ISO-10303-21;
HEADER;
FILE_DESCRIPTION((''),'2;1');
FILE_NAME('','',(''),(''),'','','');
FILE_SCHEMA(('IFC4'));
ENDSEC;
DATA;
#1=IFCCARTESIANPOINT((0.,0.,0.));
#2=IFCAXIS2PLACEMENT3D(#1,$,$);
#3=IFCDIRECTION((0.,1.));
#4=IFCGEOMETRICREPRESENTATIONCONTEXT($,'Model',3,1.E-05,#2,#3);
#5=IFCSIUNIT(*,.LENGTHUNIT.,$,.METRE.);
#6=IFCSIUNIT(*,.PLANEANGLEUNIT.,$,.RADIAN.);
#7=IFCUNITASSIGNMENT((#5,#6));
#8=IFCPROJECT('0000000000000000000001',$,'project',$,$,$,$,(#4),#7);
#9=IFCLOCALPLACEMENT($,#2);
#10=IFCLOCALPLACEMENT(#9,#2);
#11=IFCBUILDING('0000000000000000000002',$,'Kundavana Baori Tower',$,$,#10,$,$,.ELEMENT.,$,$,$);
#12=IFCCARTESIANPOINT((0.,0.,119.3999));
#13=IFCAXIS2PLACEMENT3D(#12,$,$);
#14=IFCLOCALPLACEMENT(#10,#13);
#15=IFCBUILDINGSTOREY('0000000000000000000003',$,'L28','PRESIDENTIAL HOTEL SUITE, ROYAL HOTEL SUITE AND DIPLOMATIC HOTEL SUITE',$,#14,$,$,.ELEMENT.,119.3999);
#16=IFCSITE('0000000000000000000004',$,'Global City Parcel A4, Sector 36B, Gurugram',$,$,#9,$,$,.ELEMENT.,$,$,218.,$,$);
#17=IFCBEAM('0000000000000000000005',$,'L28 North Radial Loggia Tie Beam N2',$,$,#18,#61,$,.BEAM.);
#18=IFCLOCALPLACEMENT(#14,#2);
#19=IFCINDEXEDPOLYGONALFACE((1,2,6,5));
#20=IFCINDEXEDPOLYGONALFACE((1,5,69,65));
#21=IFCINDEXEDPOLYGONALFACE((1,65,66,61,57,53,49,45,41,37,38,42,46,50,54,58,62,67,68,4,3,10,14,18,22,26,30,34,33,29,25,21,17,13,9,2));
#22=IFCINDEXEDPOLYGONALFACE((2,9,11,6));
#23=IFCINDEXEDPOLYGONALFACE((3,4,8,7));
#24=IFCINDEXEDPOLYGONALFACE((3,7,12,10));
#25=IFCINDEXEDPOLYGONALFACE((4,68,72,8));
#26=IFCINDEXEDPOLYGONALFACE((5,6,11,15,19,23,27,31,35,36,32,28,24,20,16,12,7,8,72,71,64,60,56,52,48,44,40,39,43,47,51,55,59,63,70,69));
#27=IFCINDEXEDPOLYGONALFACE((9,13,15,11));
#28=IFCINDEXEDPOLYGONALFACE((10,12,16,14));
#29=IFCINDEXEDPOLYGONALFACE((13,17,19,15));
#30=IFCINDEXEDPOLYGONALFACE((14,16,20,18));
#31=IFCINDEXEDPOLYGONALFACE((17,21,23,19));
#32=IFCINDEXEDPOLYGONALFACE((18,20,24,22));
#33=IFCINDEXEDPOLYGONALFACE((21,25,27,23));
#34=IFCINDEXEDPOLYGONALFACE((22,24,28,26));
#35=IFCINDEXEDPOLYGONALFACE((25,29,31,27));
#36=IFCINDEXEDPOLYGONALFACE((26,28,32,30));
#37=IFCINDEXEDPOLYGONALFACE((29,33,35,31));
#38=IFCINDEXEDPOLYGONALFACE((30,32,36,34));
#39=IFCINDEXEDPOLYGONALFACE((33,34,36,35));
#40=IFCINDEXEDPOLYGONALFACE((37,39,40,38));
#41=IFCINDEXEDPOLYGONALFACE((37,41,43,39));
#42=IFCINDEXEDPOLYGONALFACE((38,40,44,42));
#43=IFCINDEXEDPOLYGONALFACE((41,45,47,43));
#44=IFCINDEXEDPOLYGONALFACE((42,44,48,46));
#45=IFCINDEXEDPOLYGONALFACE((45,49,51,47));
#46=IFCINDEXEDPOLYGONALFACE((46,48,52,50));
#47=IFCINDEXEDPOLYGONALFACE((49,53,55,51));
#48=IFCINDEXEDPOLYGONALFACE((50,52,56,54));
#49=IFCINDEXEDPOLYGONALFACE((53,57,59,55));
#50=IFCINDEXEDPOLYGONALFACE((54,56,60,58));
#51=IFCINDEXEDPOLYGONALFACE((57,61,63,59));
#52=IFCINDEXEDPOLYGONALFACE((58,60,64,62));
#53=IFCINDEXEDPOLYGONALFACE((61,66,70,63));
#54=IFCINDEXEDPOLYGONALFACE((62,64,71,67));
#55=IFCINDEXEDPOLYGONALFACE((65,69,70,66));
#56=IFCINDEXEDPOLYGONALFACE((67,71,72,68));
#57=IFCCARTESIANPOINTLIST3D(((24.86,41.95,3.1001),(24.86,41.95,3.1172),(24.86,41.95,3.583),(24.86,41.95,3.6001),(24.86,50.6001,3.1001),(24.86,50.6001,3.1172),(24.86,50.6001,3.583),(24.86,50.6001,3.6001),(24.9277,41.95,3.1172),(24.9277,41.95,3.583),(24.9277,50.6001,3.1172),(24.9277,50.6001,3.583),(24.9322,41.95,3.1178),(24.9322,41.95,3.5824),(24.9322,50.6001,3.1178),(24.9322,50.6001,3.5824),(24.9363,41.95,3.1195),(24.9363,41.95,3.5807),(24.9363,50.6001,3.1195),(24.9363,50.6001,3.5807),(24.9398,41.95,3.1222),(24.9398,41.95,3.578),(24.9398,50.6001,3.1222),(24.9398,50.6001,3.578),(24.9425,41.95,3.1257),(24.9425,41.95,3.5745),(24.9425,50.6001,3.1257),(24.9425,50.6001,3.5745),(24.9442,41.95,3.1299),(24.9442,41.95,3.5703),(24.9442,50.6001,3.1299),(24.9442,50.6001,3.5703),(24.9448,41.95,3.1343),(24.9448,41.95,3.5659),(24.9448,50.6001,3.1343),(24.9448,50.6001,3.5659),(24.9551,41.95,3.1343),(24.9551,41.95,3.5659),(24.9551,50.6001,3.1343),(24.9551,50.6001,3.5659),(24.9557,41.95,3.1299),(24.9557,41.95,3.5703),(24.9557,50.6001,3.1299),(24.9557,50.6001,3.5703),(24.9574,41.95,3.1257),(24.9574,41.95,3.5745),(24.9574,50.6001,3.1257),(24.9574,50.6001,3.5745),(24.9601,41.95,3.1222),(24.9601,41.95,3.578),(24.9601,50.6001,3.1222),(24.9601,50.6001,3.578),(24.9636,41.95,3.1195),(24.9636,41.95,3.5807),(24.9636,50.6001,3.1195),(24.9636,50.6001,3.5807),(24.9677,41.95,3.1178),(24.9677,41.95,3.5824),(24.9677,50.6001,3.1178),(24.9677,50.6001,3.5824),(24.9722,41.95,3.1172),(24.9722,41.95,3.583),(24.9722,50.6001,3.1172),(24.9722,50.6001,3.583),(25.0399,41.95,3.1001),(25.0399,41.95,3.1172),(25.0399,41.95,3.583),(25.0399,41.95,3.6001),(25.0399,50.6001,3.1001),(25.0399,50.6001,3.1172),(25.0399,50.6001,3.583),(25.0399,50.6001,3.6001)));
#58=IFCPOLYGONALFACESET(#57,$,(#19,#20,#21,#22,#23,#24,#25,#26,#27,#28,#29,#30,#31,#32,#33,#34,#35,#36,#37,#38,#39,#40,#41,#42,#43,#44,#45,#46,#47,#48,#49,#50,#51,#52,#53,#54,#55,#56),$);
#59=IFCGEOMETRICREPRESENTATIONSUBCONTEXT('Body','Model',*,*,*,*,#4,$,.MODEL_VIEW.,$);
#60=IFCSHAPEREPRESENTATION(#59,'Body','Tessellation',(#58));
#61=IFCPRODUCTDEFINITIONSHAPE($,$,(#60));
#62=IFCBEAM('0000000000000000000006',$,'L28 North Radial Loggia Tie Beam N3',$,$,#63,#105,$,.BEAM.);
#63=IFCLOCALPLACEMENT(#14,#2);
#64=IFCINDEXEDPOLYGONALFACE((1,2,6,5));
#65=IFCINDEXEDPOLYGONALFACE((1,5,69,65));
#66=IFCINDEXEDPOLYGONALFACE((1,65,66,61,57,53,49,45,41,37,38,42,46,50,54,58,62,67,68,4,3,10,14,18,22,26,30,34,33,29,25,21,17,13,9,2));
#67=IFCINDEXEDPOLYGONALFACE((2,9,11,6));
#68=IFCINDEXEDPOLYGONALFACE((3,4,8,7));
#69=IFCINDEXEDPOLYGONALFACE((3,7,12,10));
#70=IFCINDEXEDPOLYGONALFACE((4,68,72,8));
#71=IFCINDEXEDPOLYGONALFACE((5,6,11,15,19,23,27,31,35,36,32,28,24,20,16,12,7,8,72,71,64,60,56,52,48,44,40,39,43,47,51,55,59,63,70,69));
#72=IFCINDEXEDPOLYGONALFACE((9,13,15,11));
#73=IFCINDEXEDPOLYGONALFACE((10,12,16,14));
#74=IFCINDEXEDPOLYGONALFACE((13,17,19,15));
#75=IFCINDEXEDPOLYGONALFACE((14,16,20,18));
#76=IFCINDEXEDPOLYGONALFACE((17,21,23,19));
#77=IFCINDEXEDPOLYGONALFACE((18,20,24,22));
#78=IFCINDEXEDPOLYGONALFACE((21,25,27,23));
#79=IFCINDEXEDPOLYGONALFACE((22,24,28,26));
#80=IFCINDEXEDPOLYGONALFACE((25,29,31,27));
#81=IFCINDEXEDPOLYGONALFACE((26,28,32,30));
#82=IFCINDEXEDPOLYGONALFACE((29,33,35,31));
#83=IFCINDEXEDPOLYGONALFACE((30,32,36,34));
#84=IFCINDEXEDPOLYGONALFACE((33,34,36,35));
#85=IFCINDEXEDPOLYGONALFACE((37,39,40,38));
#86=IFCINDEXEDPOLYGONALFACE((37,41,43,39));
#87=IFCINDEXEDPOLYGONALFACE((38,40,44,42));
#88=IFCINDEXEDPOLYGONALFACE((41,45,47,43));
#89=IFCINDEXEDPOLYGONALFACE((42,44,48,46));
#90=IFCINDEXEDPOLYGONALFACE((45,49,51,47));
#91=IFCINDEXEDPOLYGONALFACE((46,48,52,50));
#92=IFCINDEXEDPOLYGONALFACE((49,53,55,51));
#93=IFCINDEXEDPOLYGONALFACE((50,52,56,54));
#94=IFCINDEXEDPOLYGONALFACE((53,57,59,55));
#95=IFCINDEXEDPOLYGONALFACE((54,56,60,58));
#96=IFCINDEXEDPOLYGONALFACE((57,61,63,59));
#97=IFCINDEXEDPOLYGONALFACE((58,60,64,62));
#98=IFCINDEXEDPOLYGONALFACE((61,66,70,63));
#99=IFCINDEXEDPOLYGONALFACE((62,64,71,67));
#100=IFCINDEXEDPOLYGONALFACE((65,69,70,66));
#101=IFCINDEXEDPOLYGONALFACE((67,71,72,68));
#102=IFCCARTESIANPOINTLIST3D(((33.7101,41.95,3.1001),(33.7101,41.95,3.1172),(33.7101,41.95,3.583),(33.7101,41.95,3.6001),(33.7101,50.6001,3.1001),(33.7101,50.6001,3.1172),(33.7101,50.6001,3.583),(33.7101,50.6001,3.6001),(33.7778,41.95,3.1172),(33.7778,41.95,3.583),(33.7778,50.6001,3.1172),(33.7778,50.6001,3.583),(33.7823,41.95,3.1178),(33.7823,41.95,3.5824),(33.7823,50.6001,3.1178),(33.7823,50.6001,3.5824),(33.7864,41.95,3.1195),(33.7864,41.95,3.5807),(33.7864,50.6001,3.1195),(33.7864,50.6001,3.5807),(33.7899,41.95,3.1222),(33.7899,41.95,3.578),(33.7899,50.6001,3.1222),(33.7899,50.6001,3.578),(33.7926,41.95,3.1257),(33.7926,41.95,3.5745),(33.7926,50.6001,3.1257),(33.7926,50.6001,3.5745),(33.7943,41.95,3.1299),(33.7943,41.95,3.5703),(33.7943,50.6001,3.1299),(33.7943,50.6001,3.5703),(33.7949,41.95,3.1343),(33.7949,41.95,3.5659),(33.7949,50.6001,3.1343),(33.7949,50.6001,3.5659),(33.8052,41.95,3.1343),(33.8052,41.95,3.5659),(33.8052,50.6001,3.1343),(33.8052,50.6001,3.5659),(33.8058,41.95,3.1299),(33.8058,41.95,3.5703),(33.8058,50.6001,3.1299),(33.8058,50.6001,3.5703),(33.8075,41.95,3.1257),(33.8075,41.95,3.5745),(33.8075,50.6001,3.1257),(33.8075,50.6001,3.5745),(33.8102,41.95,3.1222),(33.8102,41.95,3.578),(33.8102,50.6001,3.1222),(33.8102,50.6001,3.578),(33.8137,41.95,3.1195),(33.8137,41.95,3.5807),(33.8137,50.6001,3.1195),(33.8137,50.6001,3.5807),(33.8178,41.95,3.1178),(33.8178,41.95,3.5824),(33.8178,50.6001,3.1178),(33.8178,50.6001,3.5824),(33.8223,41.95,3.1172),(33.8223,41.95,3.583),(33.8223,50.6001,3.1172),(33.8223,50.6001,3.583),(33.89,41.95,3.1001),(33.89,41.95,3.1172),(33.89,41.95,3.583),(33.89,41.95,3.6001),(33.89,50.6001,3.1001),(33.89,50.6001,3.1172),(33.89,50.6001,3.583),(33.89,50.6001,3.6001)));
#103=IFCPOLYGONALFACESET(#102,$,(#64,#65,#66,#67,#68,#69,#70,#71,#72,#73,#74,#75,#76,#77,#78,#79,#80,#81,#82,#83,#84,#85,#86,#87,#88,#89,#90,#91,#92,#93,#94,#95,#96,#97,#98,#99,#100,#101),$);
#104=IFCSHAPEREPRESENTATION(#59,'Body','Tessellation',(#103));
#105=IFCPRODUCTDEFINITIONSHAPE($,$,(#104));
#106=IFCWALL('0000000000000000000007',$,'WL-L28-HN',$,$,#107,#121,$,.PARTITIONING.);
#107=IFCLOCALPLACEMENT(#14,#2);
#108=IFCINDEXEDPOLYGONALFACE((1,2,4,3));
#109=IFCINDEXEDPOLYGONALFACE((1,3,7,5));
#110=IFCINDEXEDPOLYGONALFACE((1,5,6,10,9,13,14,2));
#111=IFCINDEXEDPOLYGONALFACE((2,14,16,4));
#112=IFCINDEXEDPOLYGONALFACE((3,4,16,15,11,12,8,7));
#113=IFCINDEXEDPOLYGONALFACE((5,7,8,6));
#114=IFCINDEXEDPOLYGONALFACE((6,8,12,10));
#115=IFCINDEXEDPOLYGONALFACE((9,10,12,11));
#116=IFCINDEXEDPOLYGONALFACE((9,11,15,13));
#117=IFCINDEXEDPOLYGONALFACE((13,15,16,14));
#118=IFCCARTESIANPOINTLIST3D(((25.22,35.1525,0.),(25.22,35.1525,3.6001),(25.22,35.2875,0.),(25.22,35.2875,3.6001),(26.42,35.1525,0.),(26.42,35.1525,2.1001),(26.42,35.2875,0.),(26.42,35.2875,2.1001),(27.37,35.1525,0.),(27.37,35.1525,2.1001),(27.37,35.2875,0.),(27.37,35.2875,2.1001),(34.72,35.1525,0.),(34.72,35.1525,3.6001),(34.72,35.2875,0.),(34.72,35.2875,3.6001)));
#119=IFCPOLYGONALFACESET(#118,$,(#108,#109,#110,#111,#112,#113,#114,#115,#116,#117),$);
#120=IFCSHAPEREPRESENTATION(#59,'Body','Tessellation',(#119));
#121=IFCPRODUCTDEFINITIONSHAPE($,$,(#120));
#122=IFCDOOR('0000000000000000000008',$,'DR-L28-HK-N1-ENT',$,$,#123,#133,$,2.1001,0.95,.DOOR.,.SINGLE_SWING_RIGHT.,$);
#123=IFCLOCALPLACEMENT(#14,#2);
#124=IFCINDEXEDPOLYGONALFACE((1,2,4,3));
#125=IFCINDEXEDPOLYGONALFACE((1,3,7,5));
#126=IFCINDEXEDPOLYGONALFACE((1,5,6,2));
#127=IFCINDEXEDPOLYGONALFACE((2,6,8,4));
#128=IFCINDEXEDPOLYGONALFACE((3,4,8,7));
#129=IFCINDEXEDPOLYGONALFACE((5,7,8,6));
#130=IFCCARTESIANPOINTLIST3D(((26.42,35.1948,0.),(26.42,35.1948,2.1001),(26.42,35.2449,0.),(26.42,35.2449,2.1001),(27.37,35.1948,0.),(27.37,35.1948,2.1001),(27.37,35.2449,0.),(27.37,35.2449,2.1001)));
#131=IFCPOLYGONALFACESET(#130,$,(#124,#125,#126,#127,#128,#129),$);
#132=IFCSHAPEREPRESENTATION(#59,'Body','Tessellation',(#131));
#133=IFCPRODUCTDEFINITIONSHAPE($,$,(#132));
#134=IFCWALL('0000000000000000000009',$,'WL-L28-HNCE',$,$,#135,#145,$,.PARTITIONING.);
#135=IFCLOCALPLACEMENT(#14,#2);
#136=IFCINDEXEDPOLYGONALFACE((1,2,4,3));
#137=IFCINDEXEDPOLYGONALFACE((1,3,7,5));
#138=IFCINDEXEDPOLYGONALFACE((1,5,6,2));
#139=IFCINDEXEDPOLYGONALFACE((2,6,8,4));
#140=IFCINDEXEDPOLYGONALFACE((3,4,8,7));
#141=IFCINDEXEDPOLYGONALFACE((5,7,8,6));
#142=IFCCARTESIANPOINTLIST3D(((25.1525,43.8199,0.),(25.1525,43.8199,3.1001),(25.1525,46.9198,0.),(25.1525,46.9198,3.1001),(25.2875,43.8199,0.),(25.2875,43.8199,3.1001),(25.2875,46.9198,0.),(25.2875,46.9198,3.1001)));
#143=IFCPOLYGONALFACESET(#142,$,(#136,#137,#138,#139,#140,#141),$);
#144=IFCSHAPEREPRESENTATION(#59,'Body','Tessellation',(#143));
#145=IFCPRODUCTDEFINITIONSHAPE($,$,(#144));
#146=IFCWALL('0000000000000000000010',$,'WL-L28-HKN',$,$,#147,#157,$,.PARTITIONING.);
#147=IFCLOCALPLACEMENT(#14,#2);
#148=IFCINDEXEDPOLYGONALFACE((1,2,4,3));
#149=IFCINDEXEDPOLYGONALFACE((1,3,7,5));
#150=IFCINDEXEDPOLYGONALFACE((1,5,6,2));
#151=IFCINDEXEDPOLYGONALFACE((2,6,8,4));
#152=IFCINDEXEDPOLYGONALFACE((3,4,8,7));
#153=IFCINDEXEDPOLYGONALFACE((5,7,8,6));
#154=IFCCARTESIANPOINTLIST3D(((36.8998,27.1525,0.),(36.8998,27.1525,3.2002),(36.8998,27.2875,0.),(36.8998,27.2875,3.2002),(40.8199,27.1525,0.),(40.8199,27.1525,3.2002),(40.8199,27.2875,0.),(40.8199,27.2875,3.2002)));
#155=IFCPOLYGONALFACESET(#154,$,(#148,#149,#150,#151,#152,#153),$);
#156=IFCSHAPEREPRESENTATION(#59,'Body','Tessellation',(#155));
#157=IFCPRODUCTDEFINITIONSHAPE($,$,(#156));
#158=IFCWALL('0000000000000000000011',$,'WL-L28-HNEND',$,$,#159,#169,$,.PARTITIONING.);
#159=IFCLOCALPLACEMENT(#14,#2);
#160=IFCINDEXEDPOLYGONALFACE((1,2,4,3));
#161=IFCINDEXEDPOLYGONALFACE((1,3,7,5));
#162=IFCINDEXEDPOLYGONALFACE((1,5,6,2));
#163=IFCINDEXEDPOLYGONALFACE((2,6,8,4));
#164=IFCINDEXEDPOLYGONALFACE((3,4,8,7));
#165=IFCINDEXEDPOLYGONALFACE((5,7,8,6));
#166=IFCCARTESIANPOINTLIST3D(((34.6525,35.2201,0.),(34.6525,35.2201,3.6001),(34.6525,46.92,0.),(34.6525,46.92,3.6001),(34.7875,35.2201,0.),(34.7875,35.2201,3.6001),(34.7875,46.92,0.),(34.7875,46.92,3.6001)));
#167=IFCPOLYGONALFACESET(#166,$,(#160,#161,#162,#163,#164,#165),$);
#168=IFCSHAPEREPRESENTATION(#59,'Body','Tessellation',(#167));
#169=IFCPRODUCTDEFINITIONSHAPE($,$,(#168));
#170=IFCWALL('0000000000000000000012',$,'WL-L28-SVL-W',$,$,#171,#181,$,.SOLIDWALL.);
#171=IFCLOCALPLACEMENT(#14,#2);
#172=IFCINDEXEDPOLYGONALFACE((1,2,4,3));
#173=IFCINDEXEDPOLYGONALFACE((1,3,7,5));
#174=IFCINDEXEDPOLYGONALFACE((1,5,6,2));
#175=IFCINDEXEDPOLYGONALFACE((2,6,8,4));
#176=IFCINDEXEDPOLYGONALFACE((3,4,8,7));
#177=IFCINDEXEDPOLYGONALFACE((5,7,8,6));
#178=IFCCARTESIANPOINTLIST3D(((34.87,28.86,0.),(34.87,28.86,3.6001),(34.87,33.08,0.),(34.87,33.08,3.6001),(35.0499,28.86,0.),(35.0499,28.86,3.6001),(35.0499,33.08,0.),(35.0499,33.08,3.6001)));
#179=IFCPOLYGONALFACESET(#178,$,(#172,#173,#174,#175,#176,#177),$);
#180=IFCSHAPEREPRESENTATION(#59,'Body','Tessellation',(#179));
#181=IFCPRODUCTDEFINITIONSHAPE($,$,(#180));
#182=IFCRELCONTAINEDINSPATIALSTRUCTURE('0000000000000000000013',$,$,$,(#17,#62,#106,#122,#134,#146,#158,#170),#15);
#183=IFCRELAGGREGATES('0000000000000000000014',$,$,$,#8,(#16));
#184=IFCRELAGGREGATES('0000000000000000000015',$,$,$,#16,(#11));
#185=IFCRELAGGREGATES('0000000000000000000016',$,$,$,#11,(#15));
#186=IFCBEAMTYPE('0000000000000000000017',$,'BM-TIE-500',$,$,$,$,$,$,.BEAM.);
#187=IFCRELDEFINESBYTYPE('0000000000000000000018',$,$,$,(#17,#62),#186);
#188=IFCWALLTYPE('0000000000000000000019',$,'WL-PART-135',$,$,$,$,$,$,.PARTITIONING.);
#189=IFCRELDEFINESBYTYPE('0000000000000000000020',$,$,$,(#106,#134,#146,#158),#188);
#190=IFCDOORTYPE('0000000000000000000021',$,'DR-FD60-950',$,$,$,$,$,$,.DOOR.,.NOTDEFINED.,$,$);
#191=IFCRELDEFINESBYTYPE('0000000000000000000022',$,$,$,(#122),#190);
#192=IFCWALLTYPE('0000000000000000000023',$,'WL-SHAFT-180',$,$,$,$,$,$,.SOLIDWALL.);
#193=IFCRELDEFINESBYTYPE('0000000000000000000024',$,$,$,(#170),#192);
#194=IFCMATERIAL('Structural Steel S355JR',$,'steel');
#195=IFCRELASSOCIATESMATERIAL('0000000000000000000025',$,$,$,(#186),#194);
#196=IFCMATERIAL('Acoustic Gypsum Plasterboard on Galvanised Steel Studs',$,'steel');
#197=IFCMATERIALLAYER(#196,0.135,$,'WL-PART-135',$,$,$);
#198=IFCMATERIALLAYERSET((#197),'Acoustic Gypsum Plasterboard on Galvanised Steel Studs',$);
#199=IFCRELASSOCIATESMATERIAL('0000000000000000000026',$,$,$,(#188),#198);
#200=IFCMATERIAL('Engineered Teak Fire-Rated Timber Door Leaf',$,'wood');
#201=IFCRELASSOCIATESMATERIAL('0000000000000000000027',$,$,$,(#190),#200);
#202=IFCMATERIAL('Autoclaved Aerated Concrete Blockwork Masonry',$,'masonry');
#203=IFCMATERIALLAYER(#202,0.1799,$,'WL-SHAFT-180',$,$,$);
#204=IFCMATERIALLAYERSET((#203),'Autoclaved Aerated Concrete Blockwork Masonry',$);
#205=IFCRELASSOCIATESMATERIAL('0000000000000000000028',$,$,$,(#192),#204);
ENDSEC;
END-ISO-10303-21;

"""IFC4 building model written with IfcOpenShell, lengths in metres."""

from ifc_helpers import new_model, si_unit, direction, frame, frame_2d, origin, origin_2d, place, context, subcontext, project, spatial, rectangle, i_section, extrude, material, layer, layer_set, material_profile, profile_set, type_object, element, fill, save


model = new_model("IFC4")

# Units and contexts
model_context = context("Model", 3, precision=1e-05, world=origin(), true_north=direction((0.0, 1.0)))
body_context = subcontext(model_context, "Body", "Model", "MODEL_VIEW")
ifc_project = project(units=[si_unit("LENGTHUNIT", "METRE"), si_unit("PLANEANGLEUNIT", "RADIAN")], contexts=[model_context])

# Site, building, storey
site_placement = place(None, origin())
site = spatial("IfcSite", under=ifc_project, at=site_placement, Name="Global City Parcel A4, Sector 36B, Gurugram", CompositionType="ELEMENT", RefElevation=218.0)
building_placement = place(site_placement, origin())
building = spatial("IfcBuilding", under=site, at=building_placement, Name="Kundavana Baori Tower", CompositionType="ELEMENT")
storey_placement = place(building_placement, frame((0.0, 0.0, 119.3999)))
storey = spatial("IfcBuildingStorey", under=building, at=storey_placement, Name="L28", Description="PRESIDENTIAL HOTEL SUITE, ROYAL HOTEL SUITE AND DIPLOMATIC HOTEL SUITE", CompositionType="ELEMENT", Elevation=119.3999)

# Beams
ifc_material_1 = material(Name="Structural Steel S355JR", Category="steel")
ifc_material_profile_1 = material_profile(ifc_material_1, i_section(OverallWidth=0.1799, OverallDepth=0.5, WebThickness=0.0103, FlangeThickness=0.0171, FilletRadius=0.0171, at=origin_2d()), Name="ISMB 500")
ifc_profile_set_1 = profile_set([ifc_material_profile_1], Name="Structural Steel S355JR")
beam_type_1 = type_object("IfcBeamType", Name="BM-TIE-500", PredefinedType="BEAM", material=ifc_profile_set_1)
for number, where, z_axis, x_axis, name in (
    (1, (24.95, 41.95, 3.3501), (0.0, 1.0, 0.0), (-1.0, 0.0, 0.0), "L28 North Radial Loggia Tie Beam N2"),
    (2, (33.8, 41.95, 3.3501), (0.0, 1.0, 0.0), (-1.0, 0.0, 0.0), "L28 North Radial Loggia Tie Beam N3"),
):
    element("IfcBeam", number, at=place(storey_placement, frame(where, z_axis=z_axis, x_axis=x_axis)), inside=storey, type_object=beam_type_1, Name=name, PredefinedType="BEAM", context=body_context, shape_type="SweptSolid", body=[
        extrude(i_section(OverallWidth=0.1799, OverallDepth=0.5, WebThickness=0.0103, FlangeThickness=0.0171, FilletRadius=0.0171, at=origin_2d()), origin(), (0.0, 0.0, 1.0), 8.6501),
    ])

# Wall, opening, door
ifc_material_2 = material(Name="Acoustic Gypsum Plasterboard on Galvanised Steel Studs", Category="steel")
ifc_layer_1 = layer(ifc_material_2, 0.135, Name="WL-PART-135")
ifc_layer_set_1 = layer_set([ifc_layer_1], Name="Acoustic Gypsum Plasterboard on Galvanised Steel Studs")
wall_type_1 = type_object("IfcWallType", Name="WL-PART-135", PredefinedType="PARTITIONING", material=ifc_layer_set_1)
wall_1_placement = place(storey_placement, frame((25.22, 35.22, 0.0), z_axis=(0.0, 0.0, 1.0), x_axis=(1.0, 0.0, 0.0)))
wall_1 = element("IfcWall", 3, at=wall_1_placement, inside=storey, type_object=wall_type_1, Name="WL-L28-HN", PredefinedType="PARTITIONING", context=body_context, shape_type="SweptSolid", body=[
    extrude(rectangle(XDim=9.5, YDim=0.135, at=frame_2d((4.75, 0.0))), origin(), (0.0, 0.0, 1.0), 3.6001),
])
opening_1_placement = place(wall_1_placement, frame((1.2, 0.0, 0.0)))
opening_1 = element("IfcOpeningElement", 4, at=opening_1_placement, cuts=wall_1, PredefinedType="OPENING", context=body_context, shape_type="SweptSolid", body=[
    extrude(rectangle(XDim=0.95, YDim=2.1001, at=frame_2d((0.4751, 1.05))), frame((0.0, 0.0776, 0.0), z_axis=(0.0, -1.0, 0.0), x_axis=(1.0, 0.0, 0.0)), (0.0, 0.0, 1.0), 0.155),
])
ifc_material_3 = material(Name="Engineered Teak Fire-Rated Timber Door Leaf", Category="wood")
door_type_1 = type_object("IfcDoorType", Name="DR-FD60-950", OperationType="NOTDEFINED", PredefinedType="DOOR", material=ifc_material_3)
door_1_placement = place(opening_1_placement, origin())
door_1 = element("IfcDoor", 5, at=door_1_placement, inside=storey, type_object=door_type_1, Name="DR-L28-HK-N1-ENT", OperationType="SINGLE_SWING_RIGHT", OverallHeight=2.1001, OverallWidth=0.95, PredefinedType="DOOR", context=body_context, shape_type="SweptSolid", body=[
    extrude(rectangle(XDim=0.95, YDim=2.1001, at=frame_2d((0.4751, 1.05))), frame((0.0, 0.0249, 0.0), z_axis=(0.0, -1.0, 0.0), x_axis=(1.0, 0.0, 0.0)), (0.0, 0.0, 1.0), 0.05),
])
fill(opening_1, door_1)

# Walls
wall_2_placement = place(storey_placement, frame((25.22, 43.8201, 0.0), z_axis=(0.0, 0.0, 1.0), x_axis=(0.0, 1.0, 0.0)))
element("IfcWall", 6, at=wall_2_placement, inside=storey, type_object=wall_type_1, Name="WL-L28-HNCE", PredefinedType="PARTITIONING", context=body_context, shape_type="SweptSolid", body=[
    extrude(rectangle(XDim=3.0999, YDim=0.135, at=frame_2d((1.5498, 0.0))), origin(), (0.0, 0.0, 1.0), 3.1001),
])
wall_3_placement = place(storey_placement, frame((36.8999, 27.22, 0.0), z_axis=(0.0, 0.0, 1.0), x_axis=(1.0, 0.0, 0.0)))
element("IfcWall", 7, at=wall_3_placement, inside=storey, type_object=wall_type_1, Name="WL-L28-HKN", PredefinedType="PARTITIONING", context=body_context, shape_type="SweptSolid", body=[
    extrude(rectangle(XDim=3.9202, YDim=0.135, at=frame_2d((1.96, 0.0))), origin(), (0.0, 0.0, 1.0), 3.2002),
])
wall_4_placement = place(storey_placement, frame((34.72, 35.22, 0.0), z_axis=(0.0, 0.0, 1.0), x_axis=(0.0, 1.0, 0.0)))
element("IfcWall", 8, at=wall_4_placement, inside=storey, type_object=wall_type_1, Name="WL-L28-HNEND", PredefinedType="PARTITIONING", context=body_context, shape_type="SweptSolid", body=[
    extrude(rectangle(XDim=11.7, YDim=0.135, at=frame_2d((5.8501, 0.0))), origin(), (0.0, 0.0, 1.0), 3.6001),
])
ifc_material_4 = material(Name="Autoclaved Aerated Concrete Blockwork Masonry", Category="masonry")
ifc_layer_2 = layer(ifc_material_4, 0.1799, Name="WL-SHAFT-180")
ifc_layer_set_2 = layer_set([ifc_layer_2], Name="Autoclaved Aerated Concrete Blockwork Masonry")
wall_type_2 = type_object("IfcWallType", Name="WL-SHAFT-180", PredefinedType="SOLIDWALL", material=ifc_layer_set_2)
wall_5_placement = place(storey_placement, frame((34.96, 28.8601, 0.0), z_axis=(0.0, 0.0, 1.0), x_axis=(0.0, 1.0, 0.0)))
element("IfcWall", 9, at=wall_5_placement, inside=storey, type_object=wall_type_2, Name="WL-L28-SVL-W", PredefinedType="SOLIDWALL", context=body_context, shape_type="SweptSolid", body=[
    extrude(rectangle(XDim=4.22, YDim=0.1799, at=frame_2d((2.1099, 0.0))), origin(), (0.0, 0.0, 1.0), 3.6001),
])

save(model, "model.ifc")
